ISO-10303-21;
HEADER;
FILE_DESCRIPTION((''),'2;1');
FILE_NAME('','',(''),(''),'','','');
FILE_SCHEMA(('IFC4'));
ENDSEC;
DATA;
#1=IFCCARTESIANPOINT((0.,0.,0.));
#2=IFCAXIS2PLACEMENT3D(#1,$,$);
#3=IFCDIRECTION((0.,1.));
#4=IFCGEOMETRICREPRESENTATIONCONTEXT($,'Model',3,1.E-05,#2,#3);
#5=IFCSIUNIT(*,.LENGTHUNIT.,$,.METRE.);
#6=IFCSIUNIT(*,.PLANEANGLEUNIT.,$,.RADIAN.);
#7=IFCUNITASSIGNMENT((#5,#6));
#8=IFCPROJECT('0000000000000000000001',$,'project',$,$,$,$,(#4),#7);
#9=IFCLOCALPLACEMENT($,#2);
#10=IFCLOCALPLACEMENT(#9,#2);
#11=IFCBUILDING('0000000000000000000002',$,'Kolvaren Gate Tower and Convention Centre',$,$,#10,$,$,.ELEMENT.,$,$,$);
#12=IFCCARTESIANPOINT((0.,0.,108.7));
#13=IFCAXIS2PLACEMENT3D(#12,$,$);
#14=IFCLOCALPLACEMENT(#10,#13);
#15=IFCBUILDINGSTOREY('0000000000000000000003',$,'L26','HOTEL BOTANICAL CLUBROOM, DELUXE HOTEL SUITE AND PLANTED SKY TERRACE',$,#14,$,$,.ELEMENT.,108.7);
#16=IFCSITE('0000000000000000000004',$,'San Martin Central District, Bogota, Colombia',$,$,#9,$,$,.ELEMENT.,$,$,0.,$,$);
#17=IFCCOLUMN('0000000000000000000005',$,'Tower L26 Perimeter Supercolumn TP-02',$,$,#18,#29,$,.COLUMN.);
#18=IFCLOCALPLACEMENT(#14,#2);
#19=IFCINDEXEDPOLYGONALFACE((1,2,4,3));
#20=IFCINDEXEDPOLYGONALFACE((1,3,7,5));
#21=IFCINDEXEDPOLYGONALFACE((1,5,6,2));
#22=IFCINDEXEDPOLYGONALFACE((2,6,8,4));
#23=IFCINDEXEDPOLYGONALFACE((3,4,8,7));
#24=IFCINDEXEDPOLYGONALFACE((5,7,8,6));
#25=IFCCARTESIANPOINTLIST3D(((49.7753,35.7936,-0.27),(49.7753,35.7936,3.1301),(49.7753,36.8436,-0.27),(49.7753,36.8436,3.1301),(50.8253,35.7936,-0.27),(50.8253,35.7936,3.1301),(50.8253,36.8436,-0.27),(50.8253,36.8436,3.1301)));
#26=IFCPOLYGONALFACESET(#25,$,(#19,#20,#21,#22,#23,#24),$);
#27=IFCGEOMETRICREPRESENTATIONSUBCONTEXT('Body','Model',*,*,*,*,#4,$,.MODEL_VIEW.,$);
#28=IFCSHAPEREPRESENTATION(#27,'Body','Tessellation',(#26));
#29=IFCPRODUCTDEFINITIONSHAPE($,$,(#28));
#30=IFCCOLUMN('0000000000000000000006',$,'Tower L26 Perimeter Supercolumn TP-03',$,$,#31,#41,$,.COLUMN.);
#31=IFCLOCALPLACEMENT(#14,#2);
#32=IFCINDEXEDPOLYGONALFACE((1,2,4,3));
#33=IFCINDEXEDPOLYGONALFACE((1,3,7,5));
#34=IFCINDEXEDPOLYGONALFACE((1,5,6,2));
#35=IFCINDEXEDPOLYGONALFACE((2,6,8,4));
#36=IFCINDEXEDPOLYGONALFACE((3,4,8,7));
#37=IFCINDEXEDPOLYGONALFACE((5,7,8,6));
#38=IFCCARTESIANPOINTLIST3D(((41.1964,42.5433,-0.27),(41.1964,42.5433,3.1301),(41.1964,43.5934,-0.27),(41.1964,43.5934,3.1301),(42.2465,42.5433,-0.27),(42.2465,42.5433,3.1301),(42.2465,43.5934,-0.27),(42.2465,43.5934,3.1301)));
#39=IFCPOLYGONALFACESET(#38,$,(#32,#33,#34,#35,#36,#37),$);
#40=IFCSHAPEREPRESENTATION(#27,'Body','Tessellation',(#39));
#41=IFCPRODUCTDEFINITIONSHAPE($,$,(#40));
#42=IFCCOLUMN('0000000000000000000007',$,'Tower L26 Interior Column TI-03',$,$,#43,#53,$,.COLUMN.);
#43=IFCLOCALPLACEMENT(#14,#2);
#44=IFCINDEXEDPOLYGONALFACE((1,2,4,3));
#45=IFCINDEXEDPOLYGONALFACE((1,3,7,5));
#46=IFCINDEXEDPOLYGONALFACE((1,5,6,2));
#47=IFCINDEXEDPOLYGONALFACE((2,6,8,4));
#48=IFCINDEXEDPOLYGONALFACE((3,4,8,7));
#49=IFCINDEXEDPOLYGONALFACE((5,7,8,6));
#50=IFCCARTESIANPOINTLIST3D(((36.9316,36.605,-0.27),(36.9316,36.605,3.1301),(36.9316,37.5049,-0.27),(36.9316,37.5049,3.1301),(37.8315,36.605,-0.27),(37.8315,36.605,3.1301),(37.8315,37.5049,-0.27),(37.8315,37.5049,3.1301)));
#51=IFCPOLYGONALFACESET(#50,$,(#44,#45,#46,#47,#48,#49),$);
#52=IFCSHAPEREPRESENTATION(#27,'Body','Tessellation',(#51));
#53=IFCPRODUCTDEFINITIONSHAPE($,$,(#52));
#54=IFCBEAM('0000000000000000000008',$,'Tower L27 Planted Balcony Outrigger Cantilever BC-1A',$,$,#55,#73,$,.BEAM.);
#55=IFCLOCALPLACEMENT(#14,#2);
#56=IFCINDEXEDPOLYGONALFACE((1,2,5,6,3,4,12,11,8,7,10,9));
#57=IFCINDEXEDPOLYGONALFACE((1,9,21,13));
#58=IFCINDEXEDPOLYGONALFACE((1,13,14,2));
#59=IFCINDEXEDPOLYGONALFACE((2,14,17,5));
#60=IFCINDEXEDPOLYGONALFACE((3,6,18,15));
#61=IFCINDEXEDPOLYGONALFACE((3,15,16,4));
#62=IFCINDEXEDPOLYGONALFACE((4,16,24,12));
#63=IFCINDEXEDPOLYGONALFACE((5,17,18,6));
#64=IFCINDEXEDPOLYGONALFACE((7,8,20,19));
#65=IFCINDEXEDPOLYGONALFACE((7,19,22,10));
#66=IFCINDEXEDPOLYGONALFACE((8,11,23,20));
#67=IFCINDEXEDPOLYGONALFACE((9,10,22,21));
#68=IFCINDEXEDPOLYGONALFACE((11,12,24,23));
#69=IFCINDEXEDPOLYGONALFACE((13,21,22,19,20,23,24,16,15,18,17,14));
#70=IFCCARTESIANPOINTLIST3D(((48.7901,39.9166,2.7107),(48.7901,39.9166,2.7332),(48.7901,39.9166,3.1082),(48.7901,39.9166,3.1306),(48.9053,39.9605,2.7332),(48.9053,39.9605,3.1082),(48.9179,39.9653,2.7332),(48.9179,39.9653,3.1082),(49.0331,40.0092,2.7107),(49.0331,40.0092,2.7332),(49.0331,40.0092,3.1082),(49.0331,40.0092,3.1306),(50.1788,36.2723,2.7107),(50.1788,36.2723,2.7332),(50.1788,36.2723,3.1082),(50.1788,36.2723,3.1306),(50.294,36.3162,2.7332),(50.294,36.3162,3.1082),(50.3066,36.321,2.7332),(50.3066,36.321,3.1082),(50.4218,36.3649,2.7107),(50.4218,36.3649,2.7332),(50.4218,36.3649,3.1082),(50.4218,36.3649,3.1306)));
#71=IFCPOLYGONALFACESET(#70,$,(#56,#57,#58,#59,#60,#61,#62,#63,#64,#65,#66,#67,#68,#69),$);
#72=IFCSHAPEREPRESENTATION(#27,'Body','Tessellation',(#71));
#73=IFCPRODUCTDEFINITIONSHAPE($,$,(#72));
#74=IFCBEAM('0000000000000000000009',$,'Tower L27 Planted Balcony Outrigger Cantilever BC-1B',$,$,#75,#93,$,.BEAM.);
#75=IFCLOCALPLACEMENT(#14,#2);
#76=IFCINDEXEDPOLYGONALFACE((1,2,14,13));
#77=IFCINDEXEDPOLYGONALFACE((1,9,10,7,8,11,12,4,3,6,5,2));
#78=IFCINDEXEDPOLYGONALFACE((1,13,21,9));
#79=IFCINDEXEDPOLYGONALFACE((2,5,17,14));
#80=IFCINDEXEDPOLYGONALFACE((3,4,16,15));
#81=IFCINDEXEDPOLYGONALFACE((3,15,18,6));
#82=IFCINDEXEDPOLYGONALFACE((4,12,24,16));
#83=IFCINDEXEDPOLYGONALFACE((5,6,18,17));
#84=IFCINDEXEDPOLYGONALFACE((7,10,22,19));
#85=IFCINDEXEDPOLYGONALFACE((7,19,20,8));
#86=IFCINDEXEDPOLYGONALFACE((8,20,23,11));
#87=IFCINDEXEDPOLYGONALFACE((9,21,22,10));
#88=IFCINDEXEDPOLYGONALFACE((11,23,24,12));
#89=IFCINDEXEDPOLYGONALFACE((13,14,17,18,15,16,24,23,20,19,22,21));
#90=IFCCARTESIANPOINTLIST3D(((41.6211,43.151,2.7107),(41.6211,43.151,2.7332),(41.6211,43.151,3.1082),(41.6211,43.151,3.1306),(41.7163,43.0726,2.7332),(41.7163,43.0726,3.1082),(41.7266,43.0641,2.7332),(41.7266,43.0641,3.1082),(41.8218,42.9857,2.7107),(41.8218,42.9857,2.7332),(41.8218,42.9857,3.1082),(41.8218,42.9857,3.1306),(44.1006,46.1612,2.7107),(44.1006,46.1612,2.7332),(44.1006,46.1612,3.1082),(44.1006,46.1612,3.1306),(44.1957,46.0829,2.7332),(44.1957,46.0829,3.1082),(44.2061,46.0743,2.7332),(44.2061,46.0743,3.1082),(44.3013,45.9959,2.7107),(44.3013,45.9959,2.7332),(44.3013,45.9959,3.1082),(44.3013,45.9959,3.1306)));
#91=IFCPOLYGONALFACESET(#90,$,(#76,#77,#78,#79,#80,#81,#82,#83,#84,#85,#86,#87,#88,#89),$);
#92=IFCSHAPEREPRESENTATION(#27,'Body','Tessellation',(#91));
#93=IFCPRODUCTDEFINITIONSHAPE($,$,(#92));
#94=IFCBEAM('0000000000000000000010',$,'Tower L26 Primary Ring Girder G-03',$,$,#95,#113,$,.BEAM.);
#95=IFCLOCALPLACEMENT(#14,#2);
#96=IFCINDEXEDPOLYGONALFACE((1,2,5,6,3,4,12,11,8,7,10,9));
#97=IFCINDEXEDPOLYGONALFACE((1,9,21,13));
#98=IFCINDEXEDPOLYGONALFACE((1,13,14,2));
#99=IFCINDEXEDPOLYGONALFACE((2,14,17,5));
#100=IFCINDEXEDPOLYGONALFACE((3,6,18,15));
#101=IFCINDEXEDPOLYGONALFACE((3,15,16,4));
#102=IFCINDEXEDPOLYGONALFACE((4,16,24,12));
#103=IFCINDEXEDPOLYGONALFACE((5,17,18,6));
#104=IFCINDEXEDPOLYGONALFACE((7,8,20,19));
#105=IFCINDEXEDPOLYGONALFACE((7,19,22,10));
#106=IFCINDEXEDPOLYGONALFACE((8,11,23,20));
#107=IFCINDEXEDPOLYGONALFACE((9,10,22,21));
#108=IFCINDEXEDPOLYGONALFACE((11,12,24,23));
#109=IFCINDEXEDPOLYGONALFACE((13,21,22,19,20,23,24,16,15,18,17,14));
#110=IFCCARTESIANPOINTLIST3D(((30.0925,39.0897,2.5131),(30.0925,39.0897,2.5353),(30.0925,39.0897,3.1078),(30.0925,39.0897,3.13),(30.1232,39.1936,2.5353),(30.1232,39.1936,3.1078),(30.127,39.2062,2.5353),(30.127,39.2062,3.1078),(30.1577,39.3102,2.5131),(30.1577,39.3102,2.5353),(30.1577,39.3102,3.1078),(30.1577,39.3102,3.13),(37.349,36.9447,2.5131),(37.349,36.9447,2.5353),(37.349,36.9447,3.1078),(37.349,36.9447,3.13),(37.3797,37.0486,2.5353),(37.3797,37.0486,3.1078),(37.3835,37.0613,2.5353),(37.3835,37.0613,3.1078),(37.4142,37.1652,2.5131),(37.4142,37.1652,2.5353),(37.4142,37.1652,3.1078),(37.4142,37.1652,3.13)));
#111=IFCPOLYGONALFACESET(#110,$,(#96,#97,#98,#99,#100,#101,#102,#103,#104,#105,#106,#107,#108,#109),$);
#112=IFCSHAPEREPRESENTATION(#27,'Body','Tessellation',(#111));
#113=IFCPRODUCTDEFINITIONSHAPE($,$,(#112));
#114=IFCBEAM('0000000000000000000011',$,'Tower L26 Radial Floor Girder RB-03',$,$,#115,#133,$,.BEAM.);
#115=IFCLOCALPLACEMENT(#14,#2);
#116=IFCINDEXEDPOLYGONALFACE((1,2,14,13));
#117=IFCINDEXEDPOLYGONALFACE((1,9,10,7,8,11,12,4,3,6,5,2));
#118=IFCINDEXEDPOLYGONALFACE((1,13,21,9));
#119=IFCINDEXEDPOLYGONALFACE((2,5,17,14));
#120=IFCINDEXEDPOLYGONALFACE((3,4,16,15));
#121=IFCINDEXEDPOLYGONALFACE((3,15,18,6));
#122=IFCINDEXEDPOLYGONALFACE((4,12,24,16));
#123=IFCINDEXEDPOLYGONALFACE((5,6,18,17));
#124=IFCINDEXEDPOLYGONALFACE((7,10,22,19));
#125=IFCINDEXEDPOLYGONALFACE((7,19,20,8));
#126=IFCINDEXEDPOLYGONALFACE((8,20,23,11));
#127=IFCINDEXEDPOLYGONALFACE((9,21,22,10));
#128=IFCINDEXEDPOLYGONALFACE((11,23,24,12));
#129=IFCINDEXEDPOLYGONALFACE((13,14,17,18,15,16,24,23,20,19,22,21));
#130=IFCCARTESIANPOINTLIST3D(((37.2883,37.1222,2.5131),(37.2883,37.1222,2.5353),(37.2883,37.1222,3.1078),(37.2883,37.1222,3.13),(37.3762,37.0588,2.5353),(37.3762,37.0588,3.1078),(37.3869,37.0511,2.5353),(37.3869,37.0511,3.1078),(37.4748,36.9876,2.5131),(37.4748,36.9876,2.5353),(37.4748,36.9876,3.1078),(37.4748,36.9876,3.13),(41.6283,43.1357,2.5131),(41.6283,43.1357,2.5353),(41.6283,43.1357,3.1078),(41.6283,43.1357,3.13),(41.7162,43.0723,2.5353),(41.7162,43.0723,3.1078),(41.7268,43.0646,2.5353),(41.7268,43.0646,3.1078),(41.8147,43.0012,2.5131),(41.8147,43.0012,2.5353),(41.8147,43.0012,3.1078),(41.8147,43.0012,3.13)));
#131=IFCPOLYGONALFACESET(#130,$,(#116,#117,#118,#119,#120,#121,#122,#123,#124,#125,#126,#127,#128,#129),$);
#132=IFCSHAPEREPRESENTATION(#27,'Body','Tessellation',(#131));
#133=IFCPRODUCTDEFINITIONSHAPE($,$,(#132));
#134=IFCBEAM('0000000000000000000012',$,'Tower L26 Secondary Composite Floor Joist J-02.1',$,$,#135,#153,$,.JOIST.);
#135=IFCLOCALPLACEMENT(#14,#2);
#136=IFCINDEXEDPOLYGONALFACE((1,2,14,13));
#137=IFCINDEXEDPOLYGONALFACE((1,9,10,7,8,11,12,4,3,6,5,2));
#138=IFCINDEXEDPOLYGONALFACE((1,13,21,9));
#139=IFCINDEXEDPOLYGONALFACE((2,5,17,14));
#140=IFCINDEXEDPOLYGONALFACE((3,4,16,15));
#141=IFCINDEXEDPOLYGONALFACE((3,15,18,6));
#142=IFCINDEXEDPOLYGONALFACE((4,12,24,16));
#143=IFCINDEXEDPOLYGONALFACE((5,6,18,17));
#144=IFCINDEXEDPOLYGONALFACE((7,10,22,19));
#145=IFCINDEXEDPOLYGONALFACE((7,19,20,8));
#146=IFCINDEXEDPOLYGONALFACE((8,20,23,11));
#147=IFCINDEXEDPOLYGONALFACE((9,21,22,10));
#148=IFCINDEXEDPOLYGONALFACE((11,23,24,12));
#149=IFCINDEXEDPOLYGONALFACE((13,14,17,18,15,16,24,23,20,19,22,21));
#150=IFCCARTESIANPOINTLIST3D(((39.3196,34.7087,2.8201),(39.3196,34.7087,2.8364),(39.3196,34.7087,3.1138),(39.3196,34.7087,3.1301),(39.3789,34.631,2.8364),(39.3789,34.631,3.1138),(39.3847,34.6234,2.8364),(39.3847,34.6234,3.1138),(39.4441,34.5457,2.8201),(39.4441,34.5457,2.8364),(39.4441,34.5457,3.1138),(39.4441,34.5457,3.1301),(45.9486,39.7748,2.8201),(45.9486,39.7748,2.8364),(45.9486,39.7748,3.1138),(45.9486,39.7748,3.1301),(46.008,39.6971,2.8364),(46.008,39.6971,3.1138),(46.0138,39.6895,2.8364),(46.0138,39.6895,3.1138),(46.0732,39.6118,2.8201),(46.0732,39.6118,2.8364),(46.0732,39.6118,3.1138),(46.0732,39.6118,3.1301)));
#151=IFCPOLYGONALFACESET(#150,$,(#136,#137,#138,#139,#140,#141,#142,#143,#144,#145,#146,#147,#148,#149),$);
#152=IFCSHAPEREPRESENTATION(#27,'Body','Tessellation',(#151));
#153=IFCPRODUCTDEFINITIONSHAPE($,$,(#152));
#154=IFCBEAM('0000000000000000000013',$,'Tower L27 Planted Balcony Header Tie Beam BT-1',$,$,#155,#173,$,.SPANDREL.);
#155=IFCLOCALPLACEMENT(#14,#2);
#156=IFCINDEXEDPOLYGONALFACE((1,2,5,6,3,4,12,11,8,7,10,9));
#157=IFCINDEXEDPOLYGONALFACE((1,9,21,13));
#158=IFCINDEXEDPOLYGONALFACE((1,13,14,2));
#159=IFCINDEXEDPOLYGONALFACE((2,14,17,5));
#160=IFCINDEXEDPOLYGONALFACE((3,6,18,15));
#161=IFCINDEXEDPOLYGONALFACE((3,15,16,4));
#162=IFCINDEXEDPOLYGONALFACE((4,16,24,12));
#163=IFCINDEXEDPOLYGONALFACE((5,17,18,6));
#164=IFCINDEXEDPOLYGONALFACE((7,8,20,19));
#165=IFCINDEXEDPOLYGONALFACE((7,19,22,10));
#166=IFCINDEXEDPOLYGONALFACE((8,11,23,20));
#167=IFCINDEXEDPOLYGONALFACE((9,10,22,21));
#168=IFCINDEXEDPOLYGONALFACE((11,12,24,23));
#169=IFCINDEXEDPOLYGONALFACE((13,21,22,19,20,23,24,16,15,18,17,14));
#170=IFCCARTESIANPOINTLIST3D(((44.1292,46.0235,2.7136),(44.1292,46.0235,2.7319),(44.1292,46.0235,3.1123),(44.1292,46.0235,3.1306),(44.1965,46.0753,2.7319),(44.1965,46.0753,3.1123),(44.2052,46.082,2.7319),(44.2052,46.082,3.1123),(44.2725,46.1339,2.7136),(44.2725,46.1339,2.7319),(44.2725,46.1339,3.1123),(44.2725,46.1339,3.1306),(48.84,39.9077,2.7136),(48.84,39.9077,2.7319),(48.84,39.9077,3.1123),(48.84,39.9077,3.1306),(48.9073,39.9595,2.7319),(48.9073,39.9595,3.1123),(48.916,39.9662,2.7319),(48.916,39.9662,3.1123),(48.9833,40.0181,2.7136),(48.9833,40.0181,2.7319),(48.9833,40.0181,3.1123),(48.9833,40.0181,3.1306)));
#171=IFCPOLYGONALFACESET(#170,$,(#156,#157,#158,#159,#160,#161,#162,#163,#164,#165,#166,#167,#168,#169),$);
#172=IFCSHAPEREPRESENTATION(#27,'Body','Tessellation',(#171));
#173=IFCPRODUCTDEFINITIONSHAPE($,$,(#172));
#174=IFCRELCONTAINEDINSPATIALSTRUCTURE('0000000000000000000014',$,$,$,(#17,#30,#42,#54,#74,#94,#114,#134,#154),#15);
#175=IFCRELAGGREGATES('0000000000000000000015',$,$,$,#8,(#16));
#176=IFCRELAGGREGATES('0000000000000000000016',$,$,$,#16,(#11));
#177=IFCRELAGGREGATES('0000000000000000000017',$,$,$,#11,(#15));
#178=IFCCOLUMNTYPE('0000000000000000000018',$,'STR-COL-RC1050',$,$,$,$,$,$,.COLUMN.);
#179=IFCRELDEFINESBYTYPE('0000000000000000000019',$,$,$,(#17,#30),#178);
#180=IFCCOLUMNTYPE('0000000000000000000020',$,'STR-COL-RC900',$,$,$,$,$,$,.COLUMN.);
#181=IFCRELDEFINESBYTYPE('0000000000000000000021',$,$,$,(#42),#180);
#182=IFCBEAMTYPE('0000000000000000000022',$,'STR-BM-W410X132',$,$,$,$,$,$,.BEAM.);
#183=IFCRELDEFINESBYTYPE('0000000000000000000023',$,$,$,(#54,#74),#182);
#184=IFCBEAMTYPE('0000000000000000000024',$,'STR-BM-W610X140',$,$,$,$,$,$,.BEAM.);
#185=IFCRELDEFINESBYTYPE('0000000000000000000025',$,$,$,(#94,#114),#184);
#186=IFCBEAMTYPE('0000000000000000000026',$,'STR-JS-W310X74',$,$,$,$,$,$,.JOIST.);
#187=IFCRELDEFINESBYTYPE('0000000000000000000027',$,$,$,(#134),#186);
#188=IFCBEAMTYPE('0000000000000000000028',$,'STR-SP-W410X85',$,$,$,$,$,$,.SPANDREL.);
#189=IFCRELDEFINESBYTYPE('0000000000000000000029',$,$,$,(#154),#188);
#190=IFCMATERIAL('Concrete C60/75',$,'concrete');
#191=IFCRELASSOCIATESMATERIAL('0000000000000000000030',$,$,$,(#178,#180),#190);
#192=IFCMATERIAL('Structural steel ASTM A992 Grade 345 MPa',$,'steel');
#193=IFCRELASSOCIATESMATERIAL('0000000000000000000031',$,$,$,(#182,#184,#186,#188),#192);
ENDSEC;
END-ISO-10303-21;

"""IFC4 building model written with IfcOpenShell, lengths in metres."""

from ifc_helpers import new_model, si_unit, direction, frame, origin, origin_2d, place, context, subcontext, project, spatial, rectangle, i_section, extrude, material, material_profile, profile_set, type_object, element, save


model = new_model("IFC4")

# Units and contexts
model_context = context("Model", 3, precision=1e-05, world=origin(), true_north=direction((0.0, 1.0)))
body_context = subcontext(model_context, "Body", "Model", "MODEL_VIEW")
ifc_project = project(units=[si_unit("LENGTHUNIT", "METRE"), si_unit("PLANEANGLEUNIT", "RADIAN")], contexts=[model_context])

# Site, building, storey
site_placement = place(None, origin())
site = spatial("IfcSite", under=ifc_project, at=site_placement, Name="San Martin Central District, Bogota, Colombia", CompositionType="ELEMENT", RefElevation=0.0)
building_placement = place(site_placement, origin())
building = spatial("IfcBuilding", under=site, at=building_placement, Name="Kolvaren Gate Tower and Convention Centre", CompositionType="ELEMENT")
storey_placement = place(building_placement, frame((0.0, 0.0, 108.7)))
storey = spatial("IfcBuildingStorey", under=building, at=storey_placement, Name="L26", Description="HOTEL BOTANICAL CLUBROOM, DELUXE HOTEL SUITE AND PLANTED SKY TERRACE", CompositionType="ELEMENT", Elevation=108.7)

# Columns
ifc_material_1 = material(Name="Concrete C60/75", Category="concrete")
ifc_material_profile_1 = material_profile(ifc_material_1, rectangle(XDim=1.05, YDim=1.05, at=origin_2d()), Name="RC-COL-1050X1050")
ifc_profile_set_1 = profile_set([ifc_material_profile_1], Name="Concrete C60/75")
column_type_1 = type_object("IfcColumnType", Name="STR-COL-RC1050", PredefinedType="COLUMN", material=ifc_profile_set_1)
for number, where, z_axis, x_axis, name in (
    (1, (50.3003, 36.3186, -0.27), (0.0, 0.0, 1.0), (1.0, 0.0, 0.0), "Tower L26 Perimeter Supercolumn TP-02"),
    (2, (41.7214, 43.0684, -0.27), (0.0, 0.0, 1.0), (1.0, 0.0, 0.0), "Tower L26 Perimeter Supercolumn TP-03"),
):
    element("IfcColumn", number, at=place(storey_placement, frame(where, z_axis=z_axis, x_axis=x_axis)), inside=storey, type_object=column_type_1, Name=name, PredefinedType="COLUMN", context=body_context, shape_type="SweptSolid", body=[
        extrude(rectangle(XDim=1.05, YDim=1.05, at=origin_2d()), origin(), (0.0, 0.0, 1.0), 3.4001),
    ])
ifc_material_profile_2 = material_profile(ifc_material_1, rectangle(XDim=0.8999, YDim=0.8999, at=origin_2d()), Name="RC-COL-900X900")
ifc_profile_set_2 = profile_set([ifc_material_profile_2], Name="Concrete C60/75")
column_type_2 = type_object("IfcColumnType", Name="STR-COL-RC900", PredefinedType="COLUMN", material=ifc_profile_set_2)
column_placement = place(storey_placement, frame((37.3816, 37.0549, -0.27), z_axis=(0.0, 0.0, 1.0), x_axis=(1.0, 0.0, 0.0)))
element("IfcColumn", 3, at=column_placement, inside=storey, type_object=column_type_2, Name="Tower L26 Interior Column TI-03", PredefinedType="COLUMN", context=body_context, shape_type="SweptSolid", body=[
    extrude(rectangle(XDim=0.8999, YDim=0.8999, at=origin_2d()), origin(), (0.0, 0.0, 1.0), 3.4001),
])

# Beams
ifc_material_2 = material(Name="Structural steel ASTM A992 Grade 345 MPa", Category="steel")
ifc_material_profile_3 = material_profile(ifc_material_2, i_section(OverallWidth=0.26, OverallDepth=0.4199, WebThickness=0.0134, FlangeThickness=0.0225, at=origin_2d()), Name="W410X132")
ifc_profile_set_3 = profile_set([ifc_material_profile_3], Name="Structural steel ASTM A992 Grade 345 MPa")
beam_type_1 = type_object("IfcBeamType", Name="STR-BM-W410X132", PredefinedType="BEAM", material=ifc_profile_set_3)
for number, where, z_axis, x_axis, name in (
    (4, (50.3003, 36.3186, 2.9207), (-0.356079, 0.934456, 0.0), (-0.934456, -0.356079, 0.0), "Tower L27 Planted Balcony Outrigger Cantilever BC-1A"),
    (5, (41.7214, 43.0684, 2.9207), (0.635777, 0.771872, 0.0), (-0.771872, 0.635777, 0.0), "Tower L27 Planted Balcony Outrigger Cantilever BC-1B"),
):
    element("IfcBeam", number, at=place(storey_placement, frame(where, z_axis=z_axis, x_axis=x_axis)), inside=storey, type_object=beam_type_1, Name=name, PredefinedType="BEAM", context=body_context, shape_type="SweptSolid", body=[
        extrude(i_section(OverallWidth=0.26, OverallDepth=0.4199, WebThickness=0.0134, FlangeThickness=0.0225, at=origin_2d()), origin(), (0.0, 0.0, 1.0), 3.8999),
    ])
ifc_material_profile_4 = material_profile(ifc_material_2, i_section(OverallWidth=0.23, OverallDepth=0.6169, WebThickness=0.0132, FlangeThickness=0.0222, at=origin_2d()), Name="W610X140")
ifc_profile_set_4 = profile_set([ifc_material_profile_4], Name="Structural steel ASTM A992 Grade 345 MPa")
beam_type_2 = type_object("IfcBeamType", Name="STR-BM-W610X140", PredefinedType="BEAM", material=ifc_profile_set_4)
beam_1_placement = place(storey_placement, frame((37.3816, 37.0549, 2.8215), z_axis=(-0.958981, 0.283471, 0.0), x_axis=(-0.283471, -0.958981, 0.0)))
element("IfcBeam", 6, at=beam_1_placement, inside=storey, type_object=beam_type_2, Name="Tower L26 Primary Ring Girder G-03", PredefinedType="BEAM", context=body_context, shape_type="SweptSolid", body=[
    extrude(i_section(OverallWidth=0.23, OverallDepth=0.6169, WebThickness=0.0132, FlangeThickness=0.0222, at=origin_2d()), origin(), (0.0, 0.0, 1.0), 7.5669),
])
beam_2_placement = place(storey_placement, frame((37.3816, 37.0549, 2.8215), z_axis=(0.585208, 0.810883, 0.0), x_axis=(-0.810883, 0.585208, 0.0)))
element("IfcBeam", 7, at=beam_2_placement, inside=storey, type_object=beam_type_2, Name="Tower L26 Radial Floor Girder RB-03", PredefinedType="BEAM", context=body_context, shape_type="SweptSolid", body=[
    extrude(i_section(OverallWidth=0.23, OverallDepth=0.6169, WebThickness=0.0132, FlangeThickness=0.0222, at=origin_2d()), origin(), (0.0, 0.0, 1.0), 7.416),
])
ifc_material_profile_5 = material_profile(ifc_material_2, i_section(OverallWidth=0.2051, OverallDepth=0.3101, WebThickness=0.0095, FlangeThickness=0.0164, at=origin_2d()), Name="W310X74")
ifc_profile_set_5 = profile_set([ifc_material_profile_5], Name="Structural steel ASTM A992 Grade 345 MPa")
beam_type_3 = type_object("IfcBeamType", Name="STR-JS-W310X74", PredefinedType="JOIST", material=ifc_profile_set_5)
beam_3_placement = place(storey_placement, frame((39.3818, 34.6272, 2.9751), z_axis=(0.794542, 0.607209, 0.0), x_axis=(-0.607209, 0.794542, 0.0)))
element("IfcBeam", 8, at=beam_3_placement, inside=storey, type_object=beam_type_3, Name="Tower L26 Secondary Composite Floor Joist J-02.1", PredefinedType="JOIST", context=body_context, shape_type="SweptSolid", body=[
    extrude(i_section(OverallWidth=0.2051, OverallDepth=0.3101, WebThickness=0.0095, FlangeThickness=0.0164, at=origin_2d()), origin(), (0.0, 0.0, 1.0), 8.3433),
])
ifc_material_profile_6 = material_profile(ifc_material_2, i_section(OverallWidth=0.1809, OverallDepth=0.417, WebThickness=0.011, FlangeThickness=0.0183, at=origin_2d()), Name="W410X85")
ifc_profile_set_6 = profile_set([ifc_material_profile_6], Name="Structural steel ASTM A992 Grade 345 MPa")
beam_type_4 = type_object("IfcBeamType", Name="STR-SP-W410X85", PredefinedType="SPANDREL", material=ifc_profile_set_6)
beam_4_placement = place(storey_placement, frame((48.9116, 39.9629, 2.9221), z_axis=(-0.610223, 0.79223, 0.0), x_axis=(-0.79223, -0.610223, 0.0)))
element("IfcBeam", 9, at=beam_4_placement, inside=storey, type_object=beam_type_4, Name="Tower L27 Planted Balcony Header Tie Beam BT-1", PredefinedType="SPANDREL", context=body_context, shape_type="SweptSolid", body=[
    extrude(i_section(OverallWidth=0.1809, OverallDepth=0.417, WebThickness=0.011, FlangeThickness=0.0183, at=origin_2d()), origin(), (0.0, 0.0, 1.0), 7.7197),
])

save(model, "model.ifc")
